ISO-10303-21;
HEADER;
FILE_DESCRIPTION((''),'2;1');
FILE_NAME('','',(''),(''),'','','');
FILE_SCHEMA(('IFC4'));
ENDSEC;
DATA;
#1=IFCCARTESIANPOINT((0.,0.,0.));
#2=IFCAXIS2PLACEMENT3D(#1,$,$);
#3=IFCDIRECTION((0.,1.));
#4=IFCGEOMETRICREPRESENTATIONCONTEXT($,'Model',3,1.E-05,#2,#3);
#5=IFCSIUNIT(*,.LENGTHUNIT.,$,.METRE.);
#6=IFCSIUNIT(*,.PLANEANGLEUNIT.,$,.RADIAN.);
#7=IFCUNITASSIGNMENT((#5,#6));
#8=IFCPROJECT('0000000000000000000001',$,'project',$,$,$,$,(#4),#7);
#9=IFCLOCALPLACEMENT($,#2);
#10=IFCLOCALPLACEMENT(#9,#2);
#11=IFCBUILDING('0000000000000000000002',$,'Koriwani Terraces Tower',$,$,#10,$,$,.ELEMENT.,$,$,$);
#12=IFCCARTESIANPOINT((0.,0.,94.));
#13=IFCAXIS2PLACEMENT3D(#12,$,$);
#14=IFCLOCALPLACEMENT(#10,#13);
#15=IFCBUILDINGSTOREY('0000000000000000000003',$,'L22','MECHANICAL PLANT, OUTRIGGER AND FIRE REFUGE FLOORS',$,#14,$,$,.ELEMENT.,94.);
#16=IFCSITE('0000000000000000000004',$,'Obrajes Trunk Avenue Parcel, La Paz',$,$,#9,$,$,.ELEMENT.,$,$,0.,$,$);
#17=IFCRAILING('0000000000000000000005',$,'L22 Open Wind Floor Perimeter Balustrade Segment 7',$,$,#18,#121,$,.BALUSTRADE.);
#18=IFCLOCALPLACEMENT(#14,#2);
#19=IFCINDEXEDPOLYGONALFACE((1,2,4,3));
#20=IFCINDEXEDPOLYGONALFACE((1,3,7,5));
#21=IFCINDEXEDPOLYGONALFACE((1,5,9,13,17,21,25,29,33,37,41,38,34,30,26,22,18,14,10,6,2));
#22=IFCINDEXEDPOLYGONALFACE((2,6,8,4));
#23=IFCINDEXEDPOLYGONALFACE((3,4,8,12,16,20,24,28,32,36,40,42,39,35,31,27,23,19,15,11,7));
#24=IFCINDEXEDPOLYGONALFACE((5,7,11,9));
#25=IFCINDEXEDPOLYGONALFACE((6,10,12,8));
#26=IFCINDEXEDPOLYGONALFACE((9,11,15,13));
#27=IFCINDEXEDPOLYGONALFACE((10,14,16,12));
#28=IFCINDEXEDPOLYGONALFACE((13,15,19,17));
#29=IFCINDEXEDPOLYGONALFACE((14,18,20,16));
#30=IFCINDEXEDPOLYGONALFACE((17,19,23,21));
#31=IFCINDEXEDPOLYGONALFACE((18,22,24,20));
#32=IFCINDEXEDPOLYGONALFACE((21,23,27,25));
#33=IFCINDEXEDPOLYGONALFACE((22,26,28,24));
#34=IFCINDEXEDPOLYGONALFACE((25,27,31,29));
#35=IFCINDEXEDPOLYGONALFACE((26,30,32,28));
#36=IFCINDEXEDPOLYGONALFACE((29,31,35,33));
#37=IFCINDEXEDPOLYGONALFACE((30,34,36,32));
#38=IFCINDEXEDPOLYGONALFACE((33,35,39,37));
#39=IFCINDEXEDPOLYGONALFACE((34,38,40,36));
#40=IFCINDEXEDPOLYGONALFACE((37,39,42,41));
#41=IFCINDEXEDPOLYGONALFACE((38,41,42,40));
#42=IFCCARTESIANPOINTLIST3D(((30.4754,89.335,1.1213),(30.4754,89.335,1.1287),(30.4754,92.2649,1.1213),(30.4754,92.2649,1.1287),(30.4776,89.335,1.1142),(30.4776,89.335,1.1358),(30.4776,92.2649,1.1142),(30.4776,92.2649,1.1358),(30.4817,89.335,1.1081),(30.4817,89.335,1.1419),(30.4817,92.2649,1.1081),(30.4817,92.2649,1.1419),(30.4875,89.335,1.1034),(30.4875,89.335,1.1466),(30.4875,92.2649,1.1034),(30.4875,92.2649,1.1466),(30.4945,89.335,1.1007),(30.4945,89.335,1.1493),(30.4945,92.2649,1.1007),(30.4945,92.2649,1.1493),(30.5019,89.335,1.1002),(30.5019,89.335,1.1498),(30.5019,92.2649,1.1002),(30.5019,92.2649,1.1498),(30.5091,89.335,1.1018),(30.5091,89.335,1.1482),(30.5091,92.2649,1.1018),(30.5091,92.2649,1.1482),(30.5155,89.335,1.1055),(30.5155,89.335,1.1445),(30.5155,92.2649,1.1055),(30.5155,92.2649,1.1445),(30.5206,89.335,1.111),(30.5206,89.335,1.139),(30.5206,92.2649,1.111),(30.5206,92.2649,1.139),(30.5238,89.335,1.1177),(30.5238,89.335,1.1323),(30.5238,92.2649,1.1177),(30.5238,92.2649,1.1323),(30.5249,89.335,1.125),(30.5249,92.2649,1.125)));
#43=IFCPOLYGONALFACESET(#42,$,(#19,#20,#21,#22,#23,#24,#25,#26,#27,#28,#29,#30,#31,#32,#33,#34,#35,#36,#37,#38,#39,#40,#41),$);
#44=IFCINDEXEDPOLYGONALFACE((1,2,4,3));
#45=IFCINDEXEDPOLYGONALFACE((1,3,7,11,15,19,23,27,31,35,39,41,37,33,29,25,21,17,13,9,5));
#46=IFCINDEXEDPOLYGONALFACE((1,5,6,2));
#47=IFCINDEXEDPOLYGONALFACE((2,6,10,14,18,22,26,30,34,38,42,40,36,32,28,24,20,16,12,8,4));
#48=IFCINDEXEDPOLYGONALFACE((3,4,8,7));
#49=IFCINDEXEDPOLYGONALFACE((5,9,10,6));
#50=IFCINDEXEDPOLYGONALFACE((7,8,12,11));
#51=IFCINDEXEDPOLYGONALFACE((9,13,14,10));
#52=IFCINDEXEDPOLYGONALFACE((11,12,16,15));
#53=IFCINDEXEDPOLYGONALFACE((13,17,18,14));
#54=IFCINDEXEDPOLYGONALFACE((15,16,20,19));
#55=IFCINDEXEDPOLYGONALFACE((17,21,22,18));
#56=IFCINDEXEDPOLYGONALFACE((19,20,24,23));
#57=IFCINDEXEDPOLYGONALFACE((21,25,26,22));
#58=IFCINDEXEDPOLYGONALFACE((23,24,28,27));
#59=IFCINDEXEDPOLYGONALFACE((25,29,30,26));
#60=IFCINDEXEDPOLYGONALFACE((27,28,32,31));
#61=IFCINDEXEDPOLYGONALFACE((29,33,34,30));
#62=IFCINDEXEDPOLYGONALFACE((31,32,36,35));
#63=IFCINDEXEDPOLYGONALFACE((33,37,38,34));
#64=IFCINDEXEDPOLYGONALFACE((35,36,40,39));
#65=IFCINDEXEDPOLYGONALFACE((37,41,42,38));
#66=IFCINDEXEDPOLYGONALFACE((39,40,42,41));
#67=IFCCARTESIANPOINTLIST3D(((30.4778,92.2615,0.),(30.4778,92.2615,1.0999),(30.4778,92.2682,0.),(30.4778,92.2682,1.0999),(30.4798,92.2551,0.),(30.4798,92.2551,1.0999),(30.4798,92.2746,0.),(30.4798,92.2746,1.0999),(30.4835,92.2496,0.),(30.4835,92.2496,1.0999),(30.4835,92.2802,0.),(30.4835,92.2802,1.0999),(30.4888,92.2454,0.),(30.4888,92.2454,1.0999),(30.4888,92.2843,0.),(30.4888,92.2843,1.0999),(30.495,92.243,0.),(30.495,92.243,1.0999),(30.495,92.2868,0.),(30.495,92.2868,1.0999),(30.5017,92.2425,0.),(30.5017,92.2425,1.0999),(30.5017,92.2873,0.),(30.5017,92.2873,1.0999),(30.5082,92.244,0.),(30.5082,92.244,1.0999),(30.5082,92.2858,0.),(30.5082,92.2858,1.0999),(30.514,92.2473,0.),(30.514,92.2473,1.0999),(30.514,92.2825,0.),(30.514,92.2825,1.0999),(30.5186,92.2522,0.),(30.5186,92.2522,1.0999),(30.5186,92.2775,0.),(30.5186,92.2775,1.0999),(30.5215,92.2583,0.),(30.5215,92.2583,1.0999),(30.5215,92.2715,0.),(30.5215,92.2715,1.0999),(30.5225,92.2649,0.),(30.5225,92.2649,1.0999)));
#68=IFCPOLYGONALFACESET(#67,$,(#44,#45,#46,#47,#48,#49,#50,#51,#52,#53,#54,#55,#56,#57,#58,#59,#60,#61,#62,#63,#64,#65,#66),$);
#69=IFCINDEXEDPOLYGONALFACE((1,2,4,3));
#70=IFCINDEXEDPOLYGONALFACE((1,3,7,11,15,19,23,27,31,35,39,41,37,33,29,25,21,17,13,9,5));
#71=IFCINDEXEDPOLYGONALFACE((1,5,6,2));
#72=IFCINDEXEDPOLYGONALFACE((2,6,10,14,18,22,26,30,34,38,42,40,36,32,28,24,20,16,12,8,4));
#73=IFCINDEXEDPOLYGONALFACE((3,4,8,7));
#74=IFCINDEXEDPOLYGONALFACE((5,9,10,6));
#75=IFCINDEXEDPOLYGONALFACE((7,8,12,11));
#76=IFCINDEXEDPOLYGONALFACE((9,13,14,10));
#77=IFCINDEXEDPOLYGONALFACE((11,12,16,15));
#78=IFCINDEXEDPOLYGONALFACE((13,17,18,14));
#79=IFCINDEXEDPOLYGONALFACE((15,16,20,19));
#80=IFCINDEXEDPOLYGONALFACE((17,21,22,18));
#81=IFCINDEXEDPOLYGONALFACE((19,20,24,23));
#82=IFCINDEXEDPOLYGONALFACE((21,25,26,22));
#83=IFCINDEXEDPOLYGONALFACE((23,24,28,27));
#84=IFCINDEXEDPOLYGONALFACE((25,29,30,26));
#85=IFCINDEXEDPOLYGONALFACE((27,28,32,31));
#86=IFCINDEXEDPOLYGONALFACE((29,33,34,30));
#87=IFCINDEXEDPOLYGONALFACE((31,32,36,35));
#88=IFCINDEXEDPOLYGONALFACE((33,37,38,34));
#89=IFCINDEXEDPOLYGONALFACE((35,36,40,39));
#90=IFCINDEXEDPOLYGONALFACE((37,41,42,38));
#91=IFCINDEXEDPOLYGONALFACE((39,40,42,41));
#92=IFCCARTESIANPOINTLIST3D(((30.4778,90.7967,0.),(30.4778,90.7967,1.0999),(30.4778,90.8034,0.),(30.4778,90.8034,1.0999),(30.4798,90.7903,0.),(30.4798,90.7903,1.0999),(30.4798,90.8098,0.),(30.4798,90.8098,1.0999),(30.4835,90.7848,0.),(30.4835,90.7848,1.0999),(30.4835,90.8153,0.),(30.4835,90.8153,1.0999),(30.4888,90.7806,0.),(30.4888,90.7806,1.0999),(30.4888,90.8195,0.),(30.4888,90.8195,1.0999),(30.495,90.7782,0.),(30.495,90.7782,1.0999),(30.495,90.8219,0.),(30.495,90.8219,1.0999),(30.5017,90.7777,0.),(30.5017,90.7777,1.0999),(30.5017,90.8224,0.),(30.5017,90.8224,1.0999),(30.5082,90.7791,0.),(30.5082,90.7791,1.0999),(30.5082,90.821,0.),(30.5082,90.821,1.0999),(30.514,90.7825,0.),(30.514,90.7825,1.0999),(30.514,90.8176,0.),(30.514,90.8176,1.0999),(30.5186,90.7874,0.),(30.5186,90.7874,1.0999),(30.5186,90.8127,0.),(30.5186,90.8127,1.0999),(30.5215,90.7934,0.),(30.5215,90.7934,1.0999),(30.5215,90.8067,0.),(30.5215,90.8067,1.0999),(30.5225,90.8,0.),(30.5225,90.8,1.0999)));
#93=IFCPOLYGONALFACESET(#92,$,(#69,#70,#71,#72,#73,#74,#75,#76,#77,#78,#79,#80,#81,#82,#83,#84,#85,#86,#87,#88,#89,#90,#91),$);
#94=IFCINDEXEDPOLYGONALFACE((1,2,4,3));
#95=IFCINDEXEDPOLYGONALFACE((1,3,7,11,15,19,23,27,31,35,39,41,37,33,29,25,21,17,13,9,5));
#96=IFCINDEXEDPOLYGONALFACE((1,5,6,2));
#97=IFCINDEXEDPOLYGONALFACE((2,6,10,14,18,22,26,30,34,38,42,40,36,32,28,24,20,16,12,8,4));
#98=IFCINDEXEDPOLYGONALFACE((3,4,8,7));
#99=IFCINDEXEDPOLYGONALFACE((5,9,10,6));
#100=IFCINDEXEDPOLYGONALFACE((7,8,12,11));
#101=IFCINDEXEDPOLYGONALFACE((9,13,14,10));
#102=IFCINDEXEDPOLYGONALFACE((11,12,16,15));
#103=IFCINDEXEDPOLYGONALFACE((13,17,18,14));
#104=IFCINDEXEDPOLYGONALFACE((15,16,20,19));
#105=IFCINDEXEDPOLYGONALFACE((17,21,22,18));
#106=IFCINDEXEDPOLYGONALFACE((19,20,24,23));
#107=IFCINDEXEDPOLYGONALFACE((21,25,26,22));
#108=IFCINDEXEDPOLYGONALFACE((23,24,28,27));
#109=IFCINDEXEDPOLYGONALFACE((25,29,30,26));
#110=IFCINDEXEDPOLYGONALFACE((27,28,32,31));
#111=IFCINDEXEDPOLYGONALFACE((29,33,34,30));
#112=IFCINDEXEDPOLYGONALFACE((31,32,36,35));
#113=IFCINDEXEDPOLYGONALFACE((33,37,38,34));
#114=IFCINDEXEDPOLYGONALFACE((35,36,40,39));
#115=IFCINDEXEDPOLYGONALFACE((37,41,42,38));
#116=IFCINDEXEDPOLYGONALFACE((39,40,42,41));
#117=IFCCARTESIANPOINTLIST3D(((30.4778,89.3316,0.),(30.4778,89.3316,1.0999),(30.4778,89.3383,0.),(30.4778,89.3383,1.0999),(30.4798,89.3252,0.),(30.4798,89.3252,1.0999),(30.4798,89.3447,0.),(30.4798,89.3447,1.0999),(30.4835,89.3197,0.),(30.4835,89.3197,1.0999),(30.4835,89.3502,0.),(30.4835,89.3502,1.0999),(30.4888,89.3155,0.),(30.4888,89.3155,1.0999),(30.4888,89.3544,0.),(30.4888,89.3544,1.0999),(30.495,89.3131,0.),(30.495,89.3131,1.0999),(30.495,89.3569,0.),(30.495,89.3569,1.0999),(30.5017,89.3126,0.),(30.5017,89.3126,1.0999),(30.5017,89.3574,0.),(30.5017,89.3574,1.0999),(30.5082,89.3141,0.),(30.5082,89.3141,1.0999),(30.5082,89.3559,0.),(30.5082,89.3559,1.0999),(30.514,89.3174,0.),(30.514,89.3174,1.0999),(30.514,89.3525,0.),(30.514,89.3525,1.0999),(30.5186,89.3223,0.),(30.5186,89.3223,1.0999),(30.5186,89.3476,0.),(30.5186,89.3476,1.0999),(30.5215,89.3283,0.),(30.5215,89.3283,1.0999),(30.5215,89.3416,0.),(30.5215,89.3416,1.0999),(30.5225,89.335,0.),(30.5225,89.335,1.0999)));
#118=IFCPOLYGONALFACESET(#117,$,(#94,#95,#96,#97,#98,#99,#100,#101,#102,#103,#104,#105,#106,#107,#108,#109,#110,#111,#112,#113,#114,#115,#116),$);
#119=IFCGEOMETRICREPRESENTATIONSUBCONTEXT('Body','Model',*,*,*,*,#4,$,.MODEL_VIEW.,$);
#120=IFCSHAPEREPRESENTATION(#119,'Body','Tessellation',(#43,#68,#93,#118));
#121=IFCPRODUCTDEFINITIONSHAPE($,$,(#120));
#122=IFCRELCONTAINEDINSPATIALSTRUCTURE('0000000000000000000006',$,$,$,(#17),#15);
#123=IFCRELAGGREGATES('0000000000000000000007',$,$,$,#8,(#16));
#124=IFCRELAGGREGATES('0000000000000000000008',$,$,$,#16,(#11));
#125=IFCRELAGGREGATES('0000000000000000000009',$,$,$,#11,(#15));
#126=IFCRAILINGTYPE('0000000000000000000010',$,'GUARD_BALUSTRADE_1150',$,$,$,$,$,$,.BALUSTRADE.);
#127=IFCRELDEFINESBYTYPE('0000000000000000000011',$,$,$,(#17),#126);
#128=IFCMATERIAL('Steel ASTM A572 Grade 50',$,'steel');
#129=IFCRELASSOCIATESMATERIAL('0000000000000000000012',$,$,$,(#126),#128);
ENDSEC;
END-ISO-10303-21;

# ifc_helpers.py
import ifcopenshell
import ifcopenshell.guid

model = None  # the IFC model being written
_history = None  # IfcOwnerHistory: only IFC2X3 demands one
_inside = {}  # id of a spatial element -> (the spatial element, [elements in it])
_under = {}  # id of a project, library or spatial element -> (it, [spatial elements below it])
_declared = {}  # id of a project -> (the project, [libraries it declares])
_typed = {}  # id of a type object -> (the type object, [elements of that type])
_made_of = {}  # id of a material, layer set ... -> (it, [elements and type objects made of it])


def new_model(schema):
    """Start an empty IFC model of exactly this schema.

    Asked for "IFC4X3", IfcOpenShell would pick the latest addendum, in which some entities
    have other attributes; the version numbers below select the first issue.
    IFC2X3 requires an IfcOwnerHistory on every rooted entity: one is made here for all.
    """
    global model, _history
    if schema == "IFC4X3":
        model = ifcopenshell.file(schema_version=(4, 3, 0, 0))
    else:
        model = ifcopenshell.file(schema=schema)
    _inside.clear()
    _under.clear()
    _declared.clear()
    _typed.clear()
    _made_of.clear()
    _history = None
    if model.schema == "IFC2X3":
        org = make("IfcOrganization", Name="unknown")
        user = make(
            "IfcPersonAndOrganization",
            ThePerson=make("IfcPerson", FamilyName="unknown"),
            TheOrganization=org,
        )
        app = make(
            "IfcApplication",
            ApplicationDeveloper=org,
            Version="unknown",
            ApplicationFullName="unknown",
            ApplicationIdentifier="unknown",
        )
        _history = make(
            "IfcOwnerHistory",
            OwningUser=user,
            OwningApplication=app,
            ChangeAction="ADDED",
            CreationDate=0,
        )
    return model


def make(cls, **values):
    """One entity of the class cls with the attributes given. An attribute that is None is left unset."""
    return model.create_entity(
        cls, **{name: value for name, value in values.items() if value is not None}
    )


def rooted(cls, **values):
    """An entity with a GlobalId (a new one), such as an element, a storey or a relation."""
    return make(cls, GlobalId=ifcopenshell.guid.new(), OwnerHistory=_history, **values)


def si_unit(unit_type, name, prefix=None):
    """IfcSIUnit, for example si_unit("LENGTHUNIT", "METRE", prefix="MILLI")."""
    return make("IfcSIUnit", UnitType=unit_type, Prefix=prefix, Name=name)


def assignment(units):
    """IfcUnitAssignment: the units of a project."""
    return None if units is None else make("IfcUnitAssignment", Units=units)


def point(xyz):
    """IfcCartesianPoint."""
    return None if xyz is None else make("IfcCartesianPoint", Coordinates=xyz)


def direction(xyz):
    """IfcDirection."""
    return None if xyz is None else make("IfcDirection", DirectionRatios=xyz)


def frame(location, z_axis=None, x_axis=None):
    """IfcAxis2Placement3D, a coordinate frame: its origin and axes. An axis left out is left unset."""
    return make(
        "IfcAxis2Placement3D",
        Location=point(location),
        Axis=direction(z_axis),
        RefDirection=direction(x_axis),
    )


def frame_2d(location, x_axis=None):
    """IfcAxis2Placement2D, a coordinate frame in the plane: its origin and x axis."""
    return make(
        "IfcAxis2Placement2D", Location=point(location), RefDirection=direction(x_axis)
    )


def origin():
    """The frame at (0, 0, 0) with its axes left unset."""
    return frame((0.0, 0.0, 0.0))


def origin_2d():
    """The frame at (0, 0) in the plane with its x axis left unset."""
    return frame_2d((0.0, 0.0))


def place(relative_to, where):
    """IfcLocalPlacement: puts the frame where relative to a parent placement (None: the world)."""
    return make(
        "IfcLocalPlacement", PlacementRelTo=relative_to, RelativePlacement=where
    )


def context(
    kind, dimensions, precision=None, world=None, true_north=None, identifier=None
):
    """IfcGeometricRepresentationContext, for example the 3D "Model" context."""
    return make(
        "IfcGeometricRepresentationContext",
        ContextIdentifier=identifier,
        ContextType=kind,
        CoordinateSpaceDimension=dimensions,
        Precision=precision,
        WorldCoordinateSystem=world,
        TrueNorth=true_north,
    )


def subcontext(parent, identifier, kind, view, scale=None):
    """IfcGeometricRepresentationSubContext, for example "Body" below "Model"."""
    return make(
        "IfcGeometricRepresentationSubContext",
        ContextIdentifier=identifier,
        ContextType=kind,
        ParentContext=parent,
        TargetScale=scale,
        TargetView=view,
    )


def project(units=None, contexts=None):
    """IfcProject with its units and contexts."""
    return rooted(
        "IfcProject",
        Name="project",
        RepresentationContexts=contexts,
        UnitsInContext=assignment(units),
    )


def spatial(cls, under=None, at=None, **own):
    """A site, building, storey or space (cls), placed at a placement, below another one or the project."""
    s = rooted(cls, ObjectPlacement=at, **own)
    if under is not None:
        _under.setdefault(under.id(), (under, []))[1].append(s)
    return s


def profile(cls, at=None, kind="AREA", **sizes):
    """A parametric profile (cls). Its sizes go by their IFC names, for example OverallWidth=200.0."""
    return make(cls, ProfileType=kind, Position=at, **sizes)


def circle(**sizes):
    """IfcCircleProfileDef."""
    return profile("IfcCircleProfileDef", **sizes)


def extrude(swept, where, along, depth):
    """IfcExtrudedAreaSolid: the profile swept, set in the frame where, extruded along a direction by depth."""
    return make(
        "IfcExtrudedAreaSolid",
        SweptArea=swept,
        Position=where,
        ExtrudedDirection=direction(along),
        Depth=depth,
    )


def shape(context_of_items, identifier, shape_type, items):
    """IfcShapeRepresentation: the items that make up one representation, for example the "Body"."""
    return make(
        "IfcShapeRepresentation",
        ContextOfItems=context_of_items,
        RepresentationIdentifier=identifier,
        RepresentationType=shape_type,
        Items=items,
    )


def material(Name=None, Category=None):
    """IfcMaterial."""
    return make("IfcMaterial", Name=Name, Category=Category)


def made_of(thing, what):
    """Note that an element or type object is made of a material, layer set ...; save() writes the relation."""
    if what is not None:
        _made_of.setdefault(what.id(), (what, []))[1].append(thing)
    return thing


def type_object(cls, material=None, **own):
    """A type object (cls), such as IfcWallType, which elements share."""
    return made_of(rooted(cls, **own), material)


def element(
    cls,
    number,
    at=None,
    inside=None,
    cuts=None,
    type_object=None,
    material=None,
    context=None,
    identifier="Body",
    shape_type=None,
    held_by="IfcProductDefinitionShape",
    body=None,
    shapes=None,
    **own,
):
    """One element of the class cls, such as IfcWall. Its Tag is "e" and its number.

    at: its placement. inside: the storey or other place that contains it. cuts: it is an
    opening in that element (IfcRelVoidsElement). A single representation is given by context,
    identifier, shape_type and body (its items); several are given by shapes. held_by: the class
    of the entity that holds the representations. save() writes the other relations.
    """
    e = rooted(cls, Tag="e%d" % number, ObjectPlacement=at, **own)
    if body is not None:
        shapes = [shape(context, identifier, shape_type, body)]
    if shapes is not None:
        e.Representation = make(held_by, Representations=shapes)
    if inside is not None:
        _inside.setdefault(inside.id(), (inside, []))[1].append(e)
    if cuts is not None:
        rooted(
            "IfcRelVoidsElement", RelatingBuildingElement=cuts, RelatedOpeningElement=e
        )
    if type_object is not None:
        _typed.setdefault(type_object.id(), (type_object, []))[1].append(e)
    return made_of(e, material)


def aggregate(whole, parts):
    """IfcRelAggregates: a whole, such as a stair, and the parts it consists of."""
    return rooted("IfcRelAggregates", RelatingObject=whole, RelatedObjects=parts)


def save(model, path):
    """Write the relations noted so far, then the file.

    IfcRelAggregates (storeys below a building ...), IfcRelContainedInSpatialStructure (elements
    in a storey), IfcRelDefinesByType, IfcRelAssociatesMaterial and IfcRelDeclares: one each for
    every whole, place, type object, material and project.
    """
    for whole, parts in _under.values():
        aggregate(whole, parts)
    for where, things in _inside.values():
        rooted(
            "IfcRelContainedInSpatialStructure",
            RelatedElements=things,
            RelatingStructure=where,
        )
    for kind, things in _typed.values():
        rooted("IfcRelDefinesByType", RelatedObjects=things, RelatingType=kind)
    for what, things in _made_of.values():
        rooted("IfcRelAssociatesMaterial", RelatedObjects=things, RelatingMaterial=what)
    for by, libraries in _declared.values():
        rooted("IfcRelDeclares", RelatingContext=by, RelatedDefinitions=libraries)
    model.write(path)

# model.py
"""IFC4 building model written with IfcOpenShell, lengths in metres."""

from ifc_helpers import new_model, si_unit, direction, frame, origin, origin_2d, place, context, subcontext, project, spatial, circle, extrude, material, type_object, element, save


model = new_model("IFC4")

# Units and contexts
model_context = context("Model", 3, precision=1e-05, world=origin(), true_north=direction((0.0, 1.0)))
body_context = subcontext(model_context, "Body", "Model", "MODEL_VIEW")
ifc_project = project(units=[si_unit("LENGTHUNIT", "METRE"), si_unit("PLANEANGLEUNIT", "RADIAN")], contexts=[model_context])

# Site, building, storey
site_placement = place(None, origin())
site = spatial("IfcSite", under=ifc_project, at=site_placement, Name="Obrajes Trunk Avenue Parcel, La Paz", CompositionType="ELEMENT", RefElevation=0.0)
building_placement = place(site_placement, origin())
building = spatial("IfcBuilding", under=site, at=building_placement, Name="Koriwani Terraces Tower", CompositionType="ELEMENT")
storey_placement = place(building_placement, frame((0.0, 0.0, 94.0)))
storey = spatial("IfcBuildingStorey", under=building, at=storey_placement, Name="L22", Description="MECHANICAL PLANT, OUTRIGGER AND FIRE REFUGE FLOORS", CompositionType="ELEMENT", Elevation=94.0)

# Shared definitions
ifc_material_1 = material(Name="Steel ASTM A572 Grade 50", Category="steel")

# Railing
railing_type = type_object("IfcRailingType", Name="GUARD_BALUSTRADE_1150", PredefinedType="BALUSTRADE", material=ifc_material_1)
railing_1_placement = place(storey_placement, frame((30.5, 92.2649, 0.0)))
element("IfcRailing", 1, at=railing_1_placement, inside=storey, type_object=railing_type, Name="L22 Open Wind Floor Perimeter Balustrade Segment 7", PredefinedType="BALUSTRADE", context=body_context, shape_type="SweptSolid", body=[
    extrude(circle(Radius=0.0249, at=origin_2d()), frame((0.0, 0.0, 1.125), z_axis=(0.0, -1.0, 0.0), x_axis=(1.0, 0.0, 0.0)), (0.0, 0.0, 1.0), 2.9299),
    extrude(circle(Radius=0.0225, at=origin_2d()), origin(), (0.0, 0.0, 1.0), 1.0999),
    extrude(circle(Radius=0.0225, at=origin_2d()), frame((0.0, -1.4648, 0.0)), (0.0, 0.0, 1.0), 1.0999),
    extrude(circle(Radius=0.0225, at=origin_2d()), frame((0.0, -2.9299, 0.0)), (0.0, 0.0, 1.0), 1.0999),
])

save(model, "model.ifc")
